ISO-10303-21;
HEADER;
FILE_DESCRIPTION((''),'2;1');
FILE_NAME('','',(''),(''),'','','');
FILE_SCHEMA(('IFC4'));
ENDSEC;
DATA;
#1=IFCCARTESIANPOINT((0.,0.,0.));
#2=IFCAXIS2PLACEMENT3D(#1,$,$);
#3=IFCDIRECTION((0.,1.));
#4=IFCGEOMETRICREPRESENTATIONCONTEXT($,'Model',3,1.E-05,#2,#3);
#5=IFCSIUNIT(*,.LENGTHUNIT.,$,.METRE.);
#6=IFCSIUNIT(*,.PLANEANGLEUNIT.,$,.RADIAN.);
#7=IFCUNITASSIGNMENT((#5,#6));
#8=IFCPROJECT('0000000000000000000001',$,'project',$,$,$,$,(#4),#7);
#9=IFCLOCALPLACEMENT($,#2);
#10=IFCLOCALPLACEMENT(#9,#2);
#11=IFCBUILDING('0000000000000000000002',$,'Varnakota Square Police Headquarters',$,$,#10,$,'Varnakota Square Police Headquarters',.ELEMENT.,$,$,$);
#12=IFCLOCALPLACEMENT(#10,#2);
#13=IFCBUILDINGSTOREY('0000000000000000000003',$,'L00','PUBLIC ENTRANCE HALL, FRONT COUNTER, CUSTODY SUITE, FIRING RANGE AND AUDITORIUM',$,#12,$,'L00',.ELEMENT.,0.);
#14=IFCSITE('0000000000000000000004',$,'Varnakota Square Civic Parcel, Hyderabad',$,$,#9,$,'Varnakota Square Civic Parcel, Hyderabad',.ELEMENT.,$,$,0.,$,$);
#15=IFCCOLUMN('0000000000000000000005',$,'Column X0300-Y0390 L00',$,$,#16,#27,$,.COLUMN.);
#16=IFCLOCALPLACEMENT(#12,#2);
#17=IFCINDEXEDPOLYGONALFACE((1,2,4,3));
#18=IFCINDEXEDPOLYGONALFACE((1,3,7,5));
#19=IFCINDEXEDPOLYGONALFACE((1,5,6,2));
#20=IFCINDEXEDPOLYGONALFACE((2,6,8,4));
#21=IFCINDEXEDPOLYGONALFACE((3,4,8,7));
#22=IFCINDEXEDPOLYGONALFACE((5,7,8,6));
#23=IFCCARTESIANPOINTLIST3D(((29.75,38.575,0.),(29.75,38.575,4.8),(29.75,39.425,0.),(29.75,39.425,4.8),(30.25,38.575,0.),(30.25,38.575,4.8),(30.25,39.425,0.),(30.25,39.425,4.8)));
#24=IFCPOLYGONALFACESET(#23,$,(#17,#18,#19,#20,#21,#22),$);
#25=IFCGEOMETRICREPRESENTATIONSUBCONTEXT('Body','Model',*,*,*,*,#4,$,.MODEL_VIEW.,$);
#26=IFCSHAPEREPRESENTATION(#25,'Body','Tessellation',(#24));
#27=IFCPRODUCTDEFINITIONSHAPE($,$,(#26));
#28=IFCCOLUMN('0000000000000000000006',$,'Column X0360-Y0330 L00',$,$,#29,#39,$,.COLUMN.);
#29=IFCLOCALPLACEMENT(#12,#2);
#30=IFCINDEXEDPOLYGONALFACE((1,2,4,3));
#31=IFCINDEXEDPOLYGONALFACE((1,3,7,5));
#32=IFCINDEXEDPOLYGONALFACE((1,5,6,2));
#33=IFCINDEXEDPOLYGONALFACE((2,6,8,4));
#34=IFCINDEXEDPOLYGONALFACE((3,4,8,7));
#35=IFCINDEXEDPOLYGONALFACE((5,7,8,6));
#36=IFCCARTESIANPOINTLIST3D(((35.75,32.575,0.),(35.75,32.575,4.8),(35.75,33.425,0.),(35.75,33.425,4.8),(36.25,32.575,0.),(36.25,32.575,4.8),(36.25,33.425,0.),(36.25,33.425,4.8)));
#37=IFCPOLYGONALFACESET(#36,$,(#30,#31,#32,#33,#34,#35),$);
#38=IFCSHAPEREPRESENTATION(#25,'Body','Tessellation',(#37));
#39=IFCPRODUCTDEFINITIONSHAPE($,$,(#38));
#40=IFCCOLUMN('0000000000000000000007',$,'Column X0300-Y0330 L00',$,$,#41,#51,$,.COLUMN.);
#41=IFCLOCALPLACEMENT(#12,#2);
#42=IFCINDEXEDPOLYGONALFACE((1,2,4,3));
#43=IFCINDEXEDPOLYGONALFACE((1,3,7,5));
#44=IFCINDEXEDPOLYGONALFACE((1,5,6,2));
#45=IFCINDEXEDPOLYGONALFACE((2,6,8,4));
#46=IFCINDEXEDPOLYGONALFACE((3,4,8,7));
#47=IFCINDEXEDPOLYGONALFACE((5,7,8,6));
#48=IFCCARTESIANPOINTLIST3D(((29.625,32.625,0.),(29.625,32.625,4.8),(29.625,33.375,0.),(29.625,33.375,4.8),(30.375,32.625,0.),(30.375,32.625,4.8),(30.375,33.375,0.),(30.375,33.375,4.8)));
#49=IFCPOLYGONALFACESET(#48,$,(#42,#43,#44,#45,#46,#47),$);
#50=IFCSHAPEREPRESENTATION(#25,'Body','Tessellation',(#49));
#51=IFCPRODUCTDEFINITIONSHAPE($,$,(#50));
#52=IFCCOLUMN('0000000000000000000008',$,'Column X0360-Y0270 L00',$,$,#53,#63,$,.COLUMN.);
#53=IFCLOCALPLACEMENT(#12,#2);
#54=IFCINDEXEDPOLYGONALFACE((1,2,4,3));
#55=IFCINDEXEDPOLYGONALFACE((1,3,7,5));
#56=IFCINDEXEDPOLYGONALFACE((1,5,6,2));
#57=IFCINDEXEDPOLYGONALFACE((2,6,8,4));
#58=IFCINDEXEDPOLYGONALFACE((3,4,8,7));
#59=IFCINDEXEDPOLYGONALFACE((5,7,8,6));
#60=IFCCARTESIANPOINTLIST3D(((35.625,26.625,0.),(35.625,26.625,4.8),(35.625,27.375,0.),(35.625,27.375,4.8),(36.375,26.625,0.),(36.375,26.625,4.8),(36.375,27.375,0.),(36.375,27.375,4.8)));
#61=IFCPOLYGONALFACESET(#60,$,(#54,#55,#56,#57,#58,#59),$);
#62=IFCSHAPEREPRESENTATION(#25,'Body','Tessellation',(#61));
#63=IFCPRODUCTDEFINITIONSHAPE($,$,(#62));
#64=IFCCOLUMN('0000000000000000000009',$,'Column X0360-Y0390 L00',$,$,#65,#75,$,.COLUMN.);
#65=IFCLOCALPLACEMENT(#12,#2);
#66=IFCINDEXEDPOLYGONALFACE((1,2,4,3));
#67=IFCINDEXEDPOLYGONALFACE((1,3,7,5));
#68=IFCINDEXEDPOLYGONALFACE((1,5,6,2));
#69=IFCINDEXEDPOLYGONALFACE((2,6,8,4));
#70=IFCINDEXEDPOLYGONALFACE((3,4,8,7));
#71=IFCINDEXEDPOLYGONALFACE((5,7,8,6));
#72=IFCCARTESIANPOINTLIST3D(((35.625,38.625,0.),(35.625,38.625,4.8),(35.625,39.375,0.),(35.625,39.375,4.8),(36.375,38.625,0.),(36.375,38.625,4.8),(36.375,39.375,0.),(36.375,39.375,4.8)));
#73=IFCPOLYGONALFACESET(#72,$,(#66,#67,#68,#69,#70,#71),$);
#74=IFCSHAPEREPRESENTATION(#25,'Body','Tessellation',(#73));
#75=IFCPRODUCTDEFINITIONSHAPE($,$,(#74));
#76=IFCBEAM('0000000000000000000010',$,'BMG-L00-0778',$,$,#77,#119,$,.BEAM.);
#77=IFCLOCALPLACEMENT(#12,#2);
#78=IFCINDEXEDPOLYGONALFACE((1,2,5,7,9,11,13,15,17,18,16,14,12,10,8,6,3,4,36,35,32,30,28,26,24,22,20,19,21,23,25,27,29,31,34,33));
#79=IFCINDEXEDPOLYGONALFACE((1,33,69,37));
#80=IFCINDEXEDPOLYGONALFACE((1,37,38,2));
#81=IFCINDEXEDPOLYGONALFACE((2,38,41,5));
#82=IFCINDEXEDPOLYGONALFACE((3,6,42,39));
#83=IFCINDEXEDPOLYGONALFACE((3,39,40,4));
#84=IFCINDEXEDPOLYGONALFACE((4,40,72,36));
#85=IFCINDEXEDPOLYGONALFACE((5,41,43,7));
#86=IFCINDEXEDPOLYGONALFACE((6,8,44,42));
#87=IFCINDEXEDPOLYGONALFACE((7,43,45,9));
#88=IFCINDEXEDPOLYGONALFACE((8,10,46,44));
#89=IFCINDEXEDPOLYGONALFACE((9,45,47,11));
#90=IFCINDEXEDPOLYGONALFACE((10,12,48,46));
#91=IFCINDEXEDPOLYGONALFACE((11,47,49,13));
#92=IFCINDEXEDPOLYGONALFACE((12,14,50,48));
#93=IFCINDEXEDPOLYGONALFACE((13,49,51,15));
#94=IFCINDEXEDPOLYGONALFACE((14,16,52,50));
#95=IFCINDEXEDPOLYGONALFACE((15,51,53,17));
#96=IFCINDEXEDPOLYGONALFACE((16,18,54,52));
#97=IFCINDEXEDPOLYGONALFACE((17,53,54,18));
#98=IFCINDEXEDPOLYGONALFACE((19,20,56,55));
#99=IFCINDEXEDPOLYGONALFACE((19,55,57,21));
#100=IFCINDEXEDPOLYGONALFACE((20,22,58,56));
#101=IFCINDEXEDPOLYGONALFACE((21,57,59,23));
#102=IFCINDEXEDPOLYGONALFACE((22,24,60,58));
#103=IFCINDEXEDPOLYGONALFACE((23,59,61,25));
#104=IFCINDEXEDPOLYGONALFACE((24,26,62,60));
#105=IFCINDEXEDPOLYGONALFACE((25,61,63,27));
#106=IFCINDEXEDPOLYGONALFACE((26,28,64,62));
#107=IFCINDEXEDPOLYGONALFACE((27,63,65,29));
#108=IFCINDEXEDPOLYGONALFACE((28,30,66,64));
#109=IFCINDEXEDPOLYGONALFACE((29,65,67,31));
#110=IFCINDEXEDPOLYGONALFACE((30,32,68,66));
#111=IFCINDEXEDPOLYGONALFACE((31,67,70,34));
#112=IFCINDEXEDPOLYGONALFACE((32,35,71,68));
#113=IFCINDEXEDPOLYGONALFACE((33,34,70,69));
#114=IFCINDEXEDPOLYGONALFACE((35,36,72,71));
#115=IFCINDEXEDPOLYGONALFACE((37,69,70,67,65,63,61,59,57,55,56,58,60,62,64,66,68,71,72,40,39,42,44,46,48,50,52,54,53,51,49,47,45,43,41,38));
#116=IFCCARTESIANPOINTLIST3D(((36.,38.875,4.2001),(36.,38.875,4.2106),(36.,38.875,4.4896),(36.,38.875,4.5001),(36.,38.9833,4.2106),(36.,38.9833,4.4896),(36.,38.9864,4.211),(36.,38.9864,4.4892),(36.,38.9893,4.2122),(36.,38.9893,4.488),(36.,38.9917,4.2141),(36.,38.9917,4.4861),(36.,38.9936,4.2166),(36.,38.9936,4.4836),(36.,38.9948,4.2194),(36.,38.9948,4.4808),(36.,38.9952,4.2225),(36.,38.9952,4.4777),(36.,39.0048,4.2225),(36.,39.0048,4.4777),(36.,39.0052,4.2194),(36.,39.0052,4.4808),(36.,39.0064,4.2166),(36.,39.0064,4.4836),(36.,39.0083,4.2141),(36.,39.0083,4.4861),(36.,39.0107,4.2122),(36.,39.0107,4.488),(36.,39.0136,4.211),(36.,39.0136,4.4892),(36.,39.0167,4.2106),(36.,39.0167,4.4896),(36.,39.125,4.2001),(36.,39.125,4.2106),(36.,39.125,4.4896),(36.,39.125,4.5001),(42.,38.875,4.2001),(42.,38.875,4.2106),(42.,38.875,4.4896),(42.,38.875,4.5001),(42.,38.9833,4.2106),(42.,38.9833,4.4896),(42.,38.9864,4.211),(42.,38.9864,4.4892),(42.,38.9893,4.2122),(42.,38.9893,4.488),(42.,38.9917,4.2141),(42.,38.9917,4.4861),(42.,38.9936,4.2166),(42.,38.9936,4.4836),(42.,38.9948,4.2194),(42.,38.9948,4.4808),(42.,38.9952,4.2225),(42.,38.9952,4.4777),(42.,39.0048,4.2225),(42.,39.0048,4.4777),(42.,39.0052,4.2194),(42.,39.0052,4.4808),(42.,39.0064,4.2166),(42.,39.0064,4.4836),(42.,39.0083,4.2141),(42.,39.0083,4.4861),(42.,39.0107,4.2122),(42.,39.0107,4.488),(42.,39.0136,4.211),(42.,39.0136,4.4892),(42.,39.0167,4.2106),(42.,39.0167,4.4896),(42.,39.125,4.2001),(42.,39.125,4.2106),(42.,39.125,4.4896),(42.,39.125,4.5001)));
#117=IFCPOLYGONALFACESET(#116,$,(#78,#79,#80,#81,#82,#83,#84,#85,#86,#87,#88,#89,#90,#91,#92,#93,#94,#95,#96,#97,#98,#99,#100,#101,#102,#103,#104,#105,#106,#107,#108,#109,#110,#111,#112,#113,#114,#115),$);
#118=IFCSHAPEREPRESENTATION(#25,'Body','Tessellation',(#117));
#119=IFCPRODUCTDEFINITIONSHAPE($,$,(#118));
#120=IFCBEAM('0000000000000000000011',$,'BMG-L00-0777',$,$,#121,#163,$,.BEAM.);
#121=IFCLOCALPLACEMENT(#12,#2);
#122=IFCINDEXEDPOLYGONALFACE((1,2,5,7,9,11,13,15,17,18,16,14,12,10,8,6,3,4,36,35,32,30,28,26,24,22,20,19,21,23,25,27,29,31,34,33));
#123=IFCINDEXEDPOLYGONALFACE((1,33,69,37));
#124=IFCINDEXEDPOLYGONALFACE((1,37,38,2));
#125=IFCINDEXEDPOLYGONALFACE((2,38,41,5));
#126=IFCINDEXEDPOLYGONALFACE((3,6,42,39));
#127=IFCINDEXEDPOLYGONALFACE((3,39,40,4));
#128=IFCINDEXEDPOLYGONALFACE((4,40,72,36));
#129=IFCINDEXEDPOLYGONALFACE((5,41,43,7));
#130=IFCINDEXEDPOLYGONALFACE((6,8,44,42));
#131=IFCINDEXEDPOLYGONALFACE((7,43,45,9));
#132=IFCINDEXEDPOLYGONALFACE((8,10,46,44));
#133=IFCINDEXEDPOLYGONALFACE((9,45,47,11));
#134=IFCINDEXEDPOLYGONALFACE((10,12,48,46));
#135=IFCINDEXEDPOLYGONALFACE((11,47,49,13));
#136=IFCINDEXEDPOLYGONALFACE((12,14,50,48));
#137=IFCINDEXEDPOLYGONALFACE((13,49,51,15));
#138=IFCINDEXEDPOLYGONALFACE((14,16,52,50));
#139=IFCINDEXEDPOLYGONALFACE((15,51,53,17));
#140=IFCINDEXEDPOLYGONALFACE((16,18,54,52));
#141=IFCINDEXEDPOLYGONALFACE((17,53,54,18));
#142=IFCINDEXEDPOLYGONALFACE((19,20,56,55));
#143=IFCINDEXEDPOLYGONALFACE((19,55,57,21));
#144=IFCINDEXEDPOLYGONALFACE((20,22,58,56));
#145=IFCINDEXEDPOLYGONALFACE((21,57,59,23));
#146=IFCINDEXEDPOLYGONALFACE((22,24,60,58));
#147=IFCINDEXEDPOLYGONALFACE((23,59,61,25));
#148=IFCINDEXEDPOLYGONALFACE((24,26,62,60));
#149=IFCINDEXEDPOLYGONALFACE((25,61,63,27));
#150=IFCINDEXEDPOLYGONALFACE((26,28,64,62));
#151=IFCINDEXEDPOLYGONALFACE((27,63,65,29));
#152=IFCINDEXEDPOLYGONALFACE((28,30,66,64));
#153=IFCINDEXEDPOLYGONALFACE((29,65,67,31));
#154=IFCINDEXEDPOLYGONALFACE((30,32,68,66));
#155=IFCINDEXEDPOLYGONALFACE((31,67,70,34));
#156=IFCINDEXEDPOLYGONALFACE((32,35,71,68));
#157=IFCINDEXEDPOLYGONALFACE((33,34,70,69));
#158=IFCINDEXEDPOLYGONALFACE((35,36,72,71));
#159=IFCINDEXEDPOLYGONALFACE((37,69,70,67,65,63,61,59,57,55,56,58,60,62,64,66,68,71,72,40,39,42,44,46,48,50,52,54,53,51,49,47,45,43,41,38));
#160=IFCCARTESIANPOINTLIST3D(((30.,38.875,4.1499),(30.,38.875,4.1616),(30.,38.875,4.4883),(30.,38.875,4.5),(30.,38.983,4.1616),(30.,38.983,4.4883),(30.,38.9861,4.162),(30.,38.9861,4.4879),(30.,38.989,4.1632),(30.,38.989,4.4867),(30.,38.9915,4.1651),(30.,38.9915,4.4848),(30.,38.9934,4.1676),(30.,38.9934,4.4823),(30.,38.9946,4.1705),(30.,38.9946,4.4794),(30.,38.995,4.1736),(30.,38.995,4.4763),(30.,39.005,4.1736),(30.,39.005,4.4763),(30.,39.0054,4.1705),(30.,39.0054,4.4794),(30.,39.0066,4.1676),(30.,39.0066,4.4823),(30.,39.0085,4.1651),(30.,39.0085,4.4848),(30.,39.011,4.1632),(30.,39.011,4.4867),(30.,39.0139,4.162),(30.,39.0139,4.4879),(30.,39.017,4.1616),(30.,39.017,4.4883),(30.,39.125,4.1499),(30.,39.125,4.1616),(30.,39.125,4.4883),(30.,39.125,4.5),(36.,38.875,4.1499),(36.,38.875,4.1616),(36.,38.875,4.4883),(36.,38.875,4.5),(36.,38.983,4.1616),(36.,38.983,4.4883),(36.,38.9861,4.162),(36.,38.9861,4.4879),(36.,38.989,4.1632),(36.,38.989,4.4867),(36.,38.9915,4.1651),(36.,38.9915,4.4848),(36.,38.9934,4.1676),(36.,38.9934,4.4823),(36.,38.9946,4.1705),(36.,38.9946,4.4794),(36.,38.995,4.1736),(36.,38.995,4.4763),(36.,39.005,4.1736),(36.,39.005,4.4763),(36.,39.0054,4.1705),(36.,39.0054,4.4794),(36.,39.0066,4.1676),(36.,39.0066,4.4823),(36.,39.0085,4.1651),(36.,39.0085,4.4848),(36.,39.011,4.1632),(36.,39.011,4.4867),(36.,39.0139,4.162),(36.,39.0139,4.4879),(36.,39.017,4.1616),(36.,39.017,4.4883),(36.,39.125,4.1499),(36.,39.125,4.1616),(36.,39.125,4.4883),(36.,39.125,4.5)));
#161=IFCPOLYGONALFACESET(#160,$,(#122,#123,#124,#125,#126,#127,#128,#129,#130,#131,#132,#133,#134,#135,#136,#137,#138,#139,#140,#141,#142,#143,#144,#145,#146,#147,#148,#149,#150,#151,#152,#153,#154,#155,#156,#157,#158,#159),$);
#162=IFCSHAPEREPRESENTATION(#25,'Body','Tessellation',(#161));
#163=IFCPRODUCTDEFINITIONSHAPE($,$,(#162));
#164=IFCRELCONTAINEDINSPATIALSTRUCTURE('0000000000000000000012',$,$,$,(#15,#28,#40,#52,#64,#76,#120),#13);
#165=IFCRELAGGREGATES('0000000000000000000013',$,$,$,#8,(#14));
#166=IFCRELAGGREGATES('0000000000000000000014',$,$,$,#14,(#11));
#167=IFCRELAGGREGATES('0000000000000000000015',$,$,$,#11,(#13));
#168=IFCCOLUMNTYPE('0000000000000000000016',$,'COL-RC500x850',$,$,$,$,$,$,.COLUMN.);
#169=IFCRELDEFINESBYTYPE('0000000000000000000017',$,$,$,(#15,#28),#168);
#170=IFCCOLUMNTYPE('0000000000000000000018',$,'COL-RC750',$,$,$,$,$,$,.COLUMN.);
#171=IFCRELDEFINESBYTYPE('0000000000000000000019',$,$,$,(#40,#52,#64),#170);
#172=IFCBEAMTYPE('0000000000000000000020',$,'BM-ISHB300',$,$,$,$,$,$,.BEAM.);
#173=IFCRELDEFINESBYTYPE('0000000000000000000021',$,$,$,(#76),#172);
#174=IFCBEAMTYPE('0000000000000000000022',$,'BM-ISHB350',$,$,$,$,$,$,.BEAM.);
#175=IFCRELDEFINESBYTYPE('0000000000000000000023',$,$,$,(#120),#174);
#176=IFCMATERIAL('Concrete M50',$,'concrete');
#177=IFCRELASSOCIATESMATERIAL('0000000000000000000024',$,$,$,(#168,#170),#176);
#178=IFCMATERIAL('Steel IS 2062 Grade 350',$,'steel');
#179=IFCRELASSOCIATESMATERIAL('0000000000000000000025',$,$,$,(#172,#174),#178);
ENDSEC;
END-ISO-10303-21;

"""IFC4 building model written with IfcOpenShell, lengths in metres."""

from ifc_helpers import new_model, si_unit, direction, frame, origin, origin_2d, place, context, subcontext, project, spatial, rectangle, i_section, extrude, material, material_profile, profile_set, type_object, element, save


model = new_model("IFC4")

# Units and contexts
model_context = context("Model", 3, precision=1e-05, world=origin(), true_north=direction((0.0, 1.0)))
body_context = subcontext(model_context, "Body", "Model", "MODEL_VIEW")
ifc_project = project(units=[si_unit("LENGTHUNIT", "METRE"), si_unit("PLANEANGLEUNIT", "RADIAN")], contexts=[model_context])

# Site, building, storey
site_placement = place(None, origin())
site = spatial("IfcSite", under=ifc_project, at=site_placement, Name="Varnakota Square Civic Parcel, Hyderabad", LongName="Varnakota Square Civic Parcel, Hyderabad", CompositionType="ELEMENT", RefElevation=0.0)
building_placement = place(site_placement, origin())
building = spatial("IfcBuilding", under=site, at=building_placement, Name="Varnakota Square Police Headquarters", LongName="Varnakota Square Police Headquarters", CompositionType="ELEMENT")
storey_placement = place(building_placement, origin())
storey = spatial("IfcBuildingStorey", under=building, at=storey_placement, Name="L00", Description="PUBLIC ENTRANCE HALL, FRONT COUNTER, CUSTODY SUITE, FIRING RANGE AND AUDITORIUM", LongName="L00", CompositionType="ELEMENT", Elevation=0.0)

# Columns
ifc_material_1 = material(Name="Concrete M50", Category="concrete")
ifc_material_profile_1 = material_profile(ifc_material_1, rectangle(XDim=0.5, YDim=0.8501, at=origin_2d()), Name="RC 500x850")
ifc_profile_set_1 = profile_set([ifc_material_profile_1], Name="Concrete M50")
column_type_1 = type_object("IfcColumnType", Name="COL-RC500x850", PredefinedType="COLUMN", material=ifc_profile_set_1)
for number, where, z_axis, x_axis, name in (
    (1, (30.0, 39.0, 0.0), (0.0, 0.0, 1.0), (1.0, 0.0, 0.0), "Column X0300-Y0390 L00"),
    (2, (36.0, 33.0, 0.0), (0.0, 0.0, 1.0), (1.0, 0.0, 0.0), "Column X0360-Y0330 L00"),
):
    element("IfcColumn", number, at=place(storey_placement, frame(where, z_axis=z_axis, x_axis=x_axis)), inside=storey, type_object=column_type_1, Name=name, PredefinedType="COLUMN", context=body_context, shape_type="SweptSolid", body=[
        extrude(rectangle(XDim=0.5, YDim=0.8501, at=origin_2d()), origin(), (0.0, 0.0, 1.0), 4.8),
    ])
ifc_material_profile_2 = material_profile(ifc_material_1, rectangle(XDim=0.75, YDim=0.75, at=origin_2d()), Name="RC 750x750")
ifc_profile_set_2 = profile_set([ifc_material_profile_2], Name="Concrete M50")
column_type_2 = type_object("IfcColumnType", Name="COL-RC750", PredefinedType="COLUMN", material=ifc_profile_set_2)
for number, where, z_axis, x_axis, name in (
    (3, (30.0, 33.0, 0.0), (0.0, 0.0, 1.0), (1.0, 0.0, 0.0), "Column X0300-Y0330 L00"),
    (4, (36.0, 27.0, 0.0), (0.0, 0.0, 1.0), (1.0, 0.0, 0.0), "Column X0360-Y0270 L00"),
    (5, (36.0, 39.0, 0.0), (0.0, 0.0, 1.0), (1.0, 0.0, 0.0), "Column X0360-Y0390 L00"),
):
    element("IfcColumn", number, at=place(storey_placement, frame(where, z_axis=z_axis, x_axis=x_axis)), inside=storey, type_object=column_type_2, Name=name, PredefinedType="COLUMN", context=body_context, shape_type="SweptSolid", body=[
        extrude(rectangle(XDim=0.75, YDim=0.75, at=origin_2d()), origin(), (0.0, 0.0, 1.0), 4.8),
    ])

# Beams
ifc_material_2 = material(Name="Steel IS 2062 Grade 350", Category="steel")
ifc_material_profile_3 = material_profile(ifc_material_2, i_section(OverallWidth=0.25, OverallDepth=0.3, WebThickness=0.0095, FlangeThickness=0.0105, FilletRadius=0.012, at=origin_2d()), Name="ISHB 300")
ifc_profile_set_3 = profile_set([ifc_material_profile_3], Name="Steel IS 2062 Grade 350")
beam_type_1 = type_object("IfcBeamType", Name="BM-ISHB300", PredefinedType="BEAM", material=ifc_profile_set_3)
beam_1_placement = place(storey_placement, frame((36.0, 39.0, 4.3501), z_axis=(1.0, 0.0, 0.0), x_axis=(0.0, 1.0, 0.0)))
element("IfcBeam", 6, at=beam_1_placement, inside=storey, type_object=beam_type_1, Name="BMG-L00-0778", PredefinedType="BEAM", context=body_context, shape_type="SweptSolid", body=[
    extrude(i_section(OverallWidth=0.25, OverallDepth=0.3, WebThickness=0.0095, FlangeThickness=0.0105, FilletRadius=0.012, at=origin_2d()), origin(), (0.0, 0.0, 1.0), 6.0),
])
ifc_material_profile_4 = material_profile(ifc_material_2, i_section(OverallWidth=0.25, OverallDepth=0.3501, WebThickness=0.01, FlangeThickness=0.0117, FilletRadius=0.012, at=origin_2d()), Name="ISHB 350")
ifc_profile_set_4 = profile_set([ifc_material_profile_4], Name="Steel IS 2062 Grade 350")
beam_type_2 = type_object("IfcBeamType", Name="BM-ISHB350", PredefinedType="BEAM", material=ifc_profile_set_4)
beam_2_placement = place(storey_placement, frame((30.0, 39.0, 4.325), z_axis=(1.0, 0.0, 0.0), x_axis=(0.0, 1.0, 0.0)))
element("IfcBeam", 7, at=beam_2_placement, inside=storey, type_object=beam_type_2, Name="BMG-L00-0777", PredefinedType="BEAM", context=body_context, shape_type="SweptSolid", body=[
    extrude(i_section(OverallWidth=0.25, OverallDepth=0.3501, WebThickness=0.01, FlangeThickness=0.0117, FilletRadius=0.012, at=origin_2d()), origin(), (0.0, 0.0, 1.0), 6.0),
])

save(model, "model.ifc")
